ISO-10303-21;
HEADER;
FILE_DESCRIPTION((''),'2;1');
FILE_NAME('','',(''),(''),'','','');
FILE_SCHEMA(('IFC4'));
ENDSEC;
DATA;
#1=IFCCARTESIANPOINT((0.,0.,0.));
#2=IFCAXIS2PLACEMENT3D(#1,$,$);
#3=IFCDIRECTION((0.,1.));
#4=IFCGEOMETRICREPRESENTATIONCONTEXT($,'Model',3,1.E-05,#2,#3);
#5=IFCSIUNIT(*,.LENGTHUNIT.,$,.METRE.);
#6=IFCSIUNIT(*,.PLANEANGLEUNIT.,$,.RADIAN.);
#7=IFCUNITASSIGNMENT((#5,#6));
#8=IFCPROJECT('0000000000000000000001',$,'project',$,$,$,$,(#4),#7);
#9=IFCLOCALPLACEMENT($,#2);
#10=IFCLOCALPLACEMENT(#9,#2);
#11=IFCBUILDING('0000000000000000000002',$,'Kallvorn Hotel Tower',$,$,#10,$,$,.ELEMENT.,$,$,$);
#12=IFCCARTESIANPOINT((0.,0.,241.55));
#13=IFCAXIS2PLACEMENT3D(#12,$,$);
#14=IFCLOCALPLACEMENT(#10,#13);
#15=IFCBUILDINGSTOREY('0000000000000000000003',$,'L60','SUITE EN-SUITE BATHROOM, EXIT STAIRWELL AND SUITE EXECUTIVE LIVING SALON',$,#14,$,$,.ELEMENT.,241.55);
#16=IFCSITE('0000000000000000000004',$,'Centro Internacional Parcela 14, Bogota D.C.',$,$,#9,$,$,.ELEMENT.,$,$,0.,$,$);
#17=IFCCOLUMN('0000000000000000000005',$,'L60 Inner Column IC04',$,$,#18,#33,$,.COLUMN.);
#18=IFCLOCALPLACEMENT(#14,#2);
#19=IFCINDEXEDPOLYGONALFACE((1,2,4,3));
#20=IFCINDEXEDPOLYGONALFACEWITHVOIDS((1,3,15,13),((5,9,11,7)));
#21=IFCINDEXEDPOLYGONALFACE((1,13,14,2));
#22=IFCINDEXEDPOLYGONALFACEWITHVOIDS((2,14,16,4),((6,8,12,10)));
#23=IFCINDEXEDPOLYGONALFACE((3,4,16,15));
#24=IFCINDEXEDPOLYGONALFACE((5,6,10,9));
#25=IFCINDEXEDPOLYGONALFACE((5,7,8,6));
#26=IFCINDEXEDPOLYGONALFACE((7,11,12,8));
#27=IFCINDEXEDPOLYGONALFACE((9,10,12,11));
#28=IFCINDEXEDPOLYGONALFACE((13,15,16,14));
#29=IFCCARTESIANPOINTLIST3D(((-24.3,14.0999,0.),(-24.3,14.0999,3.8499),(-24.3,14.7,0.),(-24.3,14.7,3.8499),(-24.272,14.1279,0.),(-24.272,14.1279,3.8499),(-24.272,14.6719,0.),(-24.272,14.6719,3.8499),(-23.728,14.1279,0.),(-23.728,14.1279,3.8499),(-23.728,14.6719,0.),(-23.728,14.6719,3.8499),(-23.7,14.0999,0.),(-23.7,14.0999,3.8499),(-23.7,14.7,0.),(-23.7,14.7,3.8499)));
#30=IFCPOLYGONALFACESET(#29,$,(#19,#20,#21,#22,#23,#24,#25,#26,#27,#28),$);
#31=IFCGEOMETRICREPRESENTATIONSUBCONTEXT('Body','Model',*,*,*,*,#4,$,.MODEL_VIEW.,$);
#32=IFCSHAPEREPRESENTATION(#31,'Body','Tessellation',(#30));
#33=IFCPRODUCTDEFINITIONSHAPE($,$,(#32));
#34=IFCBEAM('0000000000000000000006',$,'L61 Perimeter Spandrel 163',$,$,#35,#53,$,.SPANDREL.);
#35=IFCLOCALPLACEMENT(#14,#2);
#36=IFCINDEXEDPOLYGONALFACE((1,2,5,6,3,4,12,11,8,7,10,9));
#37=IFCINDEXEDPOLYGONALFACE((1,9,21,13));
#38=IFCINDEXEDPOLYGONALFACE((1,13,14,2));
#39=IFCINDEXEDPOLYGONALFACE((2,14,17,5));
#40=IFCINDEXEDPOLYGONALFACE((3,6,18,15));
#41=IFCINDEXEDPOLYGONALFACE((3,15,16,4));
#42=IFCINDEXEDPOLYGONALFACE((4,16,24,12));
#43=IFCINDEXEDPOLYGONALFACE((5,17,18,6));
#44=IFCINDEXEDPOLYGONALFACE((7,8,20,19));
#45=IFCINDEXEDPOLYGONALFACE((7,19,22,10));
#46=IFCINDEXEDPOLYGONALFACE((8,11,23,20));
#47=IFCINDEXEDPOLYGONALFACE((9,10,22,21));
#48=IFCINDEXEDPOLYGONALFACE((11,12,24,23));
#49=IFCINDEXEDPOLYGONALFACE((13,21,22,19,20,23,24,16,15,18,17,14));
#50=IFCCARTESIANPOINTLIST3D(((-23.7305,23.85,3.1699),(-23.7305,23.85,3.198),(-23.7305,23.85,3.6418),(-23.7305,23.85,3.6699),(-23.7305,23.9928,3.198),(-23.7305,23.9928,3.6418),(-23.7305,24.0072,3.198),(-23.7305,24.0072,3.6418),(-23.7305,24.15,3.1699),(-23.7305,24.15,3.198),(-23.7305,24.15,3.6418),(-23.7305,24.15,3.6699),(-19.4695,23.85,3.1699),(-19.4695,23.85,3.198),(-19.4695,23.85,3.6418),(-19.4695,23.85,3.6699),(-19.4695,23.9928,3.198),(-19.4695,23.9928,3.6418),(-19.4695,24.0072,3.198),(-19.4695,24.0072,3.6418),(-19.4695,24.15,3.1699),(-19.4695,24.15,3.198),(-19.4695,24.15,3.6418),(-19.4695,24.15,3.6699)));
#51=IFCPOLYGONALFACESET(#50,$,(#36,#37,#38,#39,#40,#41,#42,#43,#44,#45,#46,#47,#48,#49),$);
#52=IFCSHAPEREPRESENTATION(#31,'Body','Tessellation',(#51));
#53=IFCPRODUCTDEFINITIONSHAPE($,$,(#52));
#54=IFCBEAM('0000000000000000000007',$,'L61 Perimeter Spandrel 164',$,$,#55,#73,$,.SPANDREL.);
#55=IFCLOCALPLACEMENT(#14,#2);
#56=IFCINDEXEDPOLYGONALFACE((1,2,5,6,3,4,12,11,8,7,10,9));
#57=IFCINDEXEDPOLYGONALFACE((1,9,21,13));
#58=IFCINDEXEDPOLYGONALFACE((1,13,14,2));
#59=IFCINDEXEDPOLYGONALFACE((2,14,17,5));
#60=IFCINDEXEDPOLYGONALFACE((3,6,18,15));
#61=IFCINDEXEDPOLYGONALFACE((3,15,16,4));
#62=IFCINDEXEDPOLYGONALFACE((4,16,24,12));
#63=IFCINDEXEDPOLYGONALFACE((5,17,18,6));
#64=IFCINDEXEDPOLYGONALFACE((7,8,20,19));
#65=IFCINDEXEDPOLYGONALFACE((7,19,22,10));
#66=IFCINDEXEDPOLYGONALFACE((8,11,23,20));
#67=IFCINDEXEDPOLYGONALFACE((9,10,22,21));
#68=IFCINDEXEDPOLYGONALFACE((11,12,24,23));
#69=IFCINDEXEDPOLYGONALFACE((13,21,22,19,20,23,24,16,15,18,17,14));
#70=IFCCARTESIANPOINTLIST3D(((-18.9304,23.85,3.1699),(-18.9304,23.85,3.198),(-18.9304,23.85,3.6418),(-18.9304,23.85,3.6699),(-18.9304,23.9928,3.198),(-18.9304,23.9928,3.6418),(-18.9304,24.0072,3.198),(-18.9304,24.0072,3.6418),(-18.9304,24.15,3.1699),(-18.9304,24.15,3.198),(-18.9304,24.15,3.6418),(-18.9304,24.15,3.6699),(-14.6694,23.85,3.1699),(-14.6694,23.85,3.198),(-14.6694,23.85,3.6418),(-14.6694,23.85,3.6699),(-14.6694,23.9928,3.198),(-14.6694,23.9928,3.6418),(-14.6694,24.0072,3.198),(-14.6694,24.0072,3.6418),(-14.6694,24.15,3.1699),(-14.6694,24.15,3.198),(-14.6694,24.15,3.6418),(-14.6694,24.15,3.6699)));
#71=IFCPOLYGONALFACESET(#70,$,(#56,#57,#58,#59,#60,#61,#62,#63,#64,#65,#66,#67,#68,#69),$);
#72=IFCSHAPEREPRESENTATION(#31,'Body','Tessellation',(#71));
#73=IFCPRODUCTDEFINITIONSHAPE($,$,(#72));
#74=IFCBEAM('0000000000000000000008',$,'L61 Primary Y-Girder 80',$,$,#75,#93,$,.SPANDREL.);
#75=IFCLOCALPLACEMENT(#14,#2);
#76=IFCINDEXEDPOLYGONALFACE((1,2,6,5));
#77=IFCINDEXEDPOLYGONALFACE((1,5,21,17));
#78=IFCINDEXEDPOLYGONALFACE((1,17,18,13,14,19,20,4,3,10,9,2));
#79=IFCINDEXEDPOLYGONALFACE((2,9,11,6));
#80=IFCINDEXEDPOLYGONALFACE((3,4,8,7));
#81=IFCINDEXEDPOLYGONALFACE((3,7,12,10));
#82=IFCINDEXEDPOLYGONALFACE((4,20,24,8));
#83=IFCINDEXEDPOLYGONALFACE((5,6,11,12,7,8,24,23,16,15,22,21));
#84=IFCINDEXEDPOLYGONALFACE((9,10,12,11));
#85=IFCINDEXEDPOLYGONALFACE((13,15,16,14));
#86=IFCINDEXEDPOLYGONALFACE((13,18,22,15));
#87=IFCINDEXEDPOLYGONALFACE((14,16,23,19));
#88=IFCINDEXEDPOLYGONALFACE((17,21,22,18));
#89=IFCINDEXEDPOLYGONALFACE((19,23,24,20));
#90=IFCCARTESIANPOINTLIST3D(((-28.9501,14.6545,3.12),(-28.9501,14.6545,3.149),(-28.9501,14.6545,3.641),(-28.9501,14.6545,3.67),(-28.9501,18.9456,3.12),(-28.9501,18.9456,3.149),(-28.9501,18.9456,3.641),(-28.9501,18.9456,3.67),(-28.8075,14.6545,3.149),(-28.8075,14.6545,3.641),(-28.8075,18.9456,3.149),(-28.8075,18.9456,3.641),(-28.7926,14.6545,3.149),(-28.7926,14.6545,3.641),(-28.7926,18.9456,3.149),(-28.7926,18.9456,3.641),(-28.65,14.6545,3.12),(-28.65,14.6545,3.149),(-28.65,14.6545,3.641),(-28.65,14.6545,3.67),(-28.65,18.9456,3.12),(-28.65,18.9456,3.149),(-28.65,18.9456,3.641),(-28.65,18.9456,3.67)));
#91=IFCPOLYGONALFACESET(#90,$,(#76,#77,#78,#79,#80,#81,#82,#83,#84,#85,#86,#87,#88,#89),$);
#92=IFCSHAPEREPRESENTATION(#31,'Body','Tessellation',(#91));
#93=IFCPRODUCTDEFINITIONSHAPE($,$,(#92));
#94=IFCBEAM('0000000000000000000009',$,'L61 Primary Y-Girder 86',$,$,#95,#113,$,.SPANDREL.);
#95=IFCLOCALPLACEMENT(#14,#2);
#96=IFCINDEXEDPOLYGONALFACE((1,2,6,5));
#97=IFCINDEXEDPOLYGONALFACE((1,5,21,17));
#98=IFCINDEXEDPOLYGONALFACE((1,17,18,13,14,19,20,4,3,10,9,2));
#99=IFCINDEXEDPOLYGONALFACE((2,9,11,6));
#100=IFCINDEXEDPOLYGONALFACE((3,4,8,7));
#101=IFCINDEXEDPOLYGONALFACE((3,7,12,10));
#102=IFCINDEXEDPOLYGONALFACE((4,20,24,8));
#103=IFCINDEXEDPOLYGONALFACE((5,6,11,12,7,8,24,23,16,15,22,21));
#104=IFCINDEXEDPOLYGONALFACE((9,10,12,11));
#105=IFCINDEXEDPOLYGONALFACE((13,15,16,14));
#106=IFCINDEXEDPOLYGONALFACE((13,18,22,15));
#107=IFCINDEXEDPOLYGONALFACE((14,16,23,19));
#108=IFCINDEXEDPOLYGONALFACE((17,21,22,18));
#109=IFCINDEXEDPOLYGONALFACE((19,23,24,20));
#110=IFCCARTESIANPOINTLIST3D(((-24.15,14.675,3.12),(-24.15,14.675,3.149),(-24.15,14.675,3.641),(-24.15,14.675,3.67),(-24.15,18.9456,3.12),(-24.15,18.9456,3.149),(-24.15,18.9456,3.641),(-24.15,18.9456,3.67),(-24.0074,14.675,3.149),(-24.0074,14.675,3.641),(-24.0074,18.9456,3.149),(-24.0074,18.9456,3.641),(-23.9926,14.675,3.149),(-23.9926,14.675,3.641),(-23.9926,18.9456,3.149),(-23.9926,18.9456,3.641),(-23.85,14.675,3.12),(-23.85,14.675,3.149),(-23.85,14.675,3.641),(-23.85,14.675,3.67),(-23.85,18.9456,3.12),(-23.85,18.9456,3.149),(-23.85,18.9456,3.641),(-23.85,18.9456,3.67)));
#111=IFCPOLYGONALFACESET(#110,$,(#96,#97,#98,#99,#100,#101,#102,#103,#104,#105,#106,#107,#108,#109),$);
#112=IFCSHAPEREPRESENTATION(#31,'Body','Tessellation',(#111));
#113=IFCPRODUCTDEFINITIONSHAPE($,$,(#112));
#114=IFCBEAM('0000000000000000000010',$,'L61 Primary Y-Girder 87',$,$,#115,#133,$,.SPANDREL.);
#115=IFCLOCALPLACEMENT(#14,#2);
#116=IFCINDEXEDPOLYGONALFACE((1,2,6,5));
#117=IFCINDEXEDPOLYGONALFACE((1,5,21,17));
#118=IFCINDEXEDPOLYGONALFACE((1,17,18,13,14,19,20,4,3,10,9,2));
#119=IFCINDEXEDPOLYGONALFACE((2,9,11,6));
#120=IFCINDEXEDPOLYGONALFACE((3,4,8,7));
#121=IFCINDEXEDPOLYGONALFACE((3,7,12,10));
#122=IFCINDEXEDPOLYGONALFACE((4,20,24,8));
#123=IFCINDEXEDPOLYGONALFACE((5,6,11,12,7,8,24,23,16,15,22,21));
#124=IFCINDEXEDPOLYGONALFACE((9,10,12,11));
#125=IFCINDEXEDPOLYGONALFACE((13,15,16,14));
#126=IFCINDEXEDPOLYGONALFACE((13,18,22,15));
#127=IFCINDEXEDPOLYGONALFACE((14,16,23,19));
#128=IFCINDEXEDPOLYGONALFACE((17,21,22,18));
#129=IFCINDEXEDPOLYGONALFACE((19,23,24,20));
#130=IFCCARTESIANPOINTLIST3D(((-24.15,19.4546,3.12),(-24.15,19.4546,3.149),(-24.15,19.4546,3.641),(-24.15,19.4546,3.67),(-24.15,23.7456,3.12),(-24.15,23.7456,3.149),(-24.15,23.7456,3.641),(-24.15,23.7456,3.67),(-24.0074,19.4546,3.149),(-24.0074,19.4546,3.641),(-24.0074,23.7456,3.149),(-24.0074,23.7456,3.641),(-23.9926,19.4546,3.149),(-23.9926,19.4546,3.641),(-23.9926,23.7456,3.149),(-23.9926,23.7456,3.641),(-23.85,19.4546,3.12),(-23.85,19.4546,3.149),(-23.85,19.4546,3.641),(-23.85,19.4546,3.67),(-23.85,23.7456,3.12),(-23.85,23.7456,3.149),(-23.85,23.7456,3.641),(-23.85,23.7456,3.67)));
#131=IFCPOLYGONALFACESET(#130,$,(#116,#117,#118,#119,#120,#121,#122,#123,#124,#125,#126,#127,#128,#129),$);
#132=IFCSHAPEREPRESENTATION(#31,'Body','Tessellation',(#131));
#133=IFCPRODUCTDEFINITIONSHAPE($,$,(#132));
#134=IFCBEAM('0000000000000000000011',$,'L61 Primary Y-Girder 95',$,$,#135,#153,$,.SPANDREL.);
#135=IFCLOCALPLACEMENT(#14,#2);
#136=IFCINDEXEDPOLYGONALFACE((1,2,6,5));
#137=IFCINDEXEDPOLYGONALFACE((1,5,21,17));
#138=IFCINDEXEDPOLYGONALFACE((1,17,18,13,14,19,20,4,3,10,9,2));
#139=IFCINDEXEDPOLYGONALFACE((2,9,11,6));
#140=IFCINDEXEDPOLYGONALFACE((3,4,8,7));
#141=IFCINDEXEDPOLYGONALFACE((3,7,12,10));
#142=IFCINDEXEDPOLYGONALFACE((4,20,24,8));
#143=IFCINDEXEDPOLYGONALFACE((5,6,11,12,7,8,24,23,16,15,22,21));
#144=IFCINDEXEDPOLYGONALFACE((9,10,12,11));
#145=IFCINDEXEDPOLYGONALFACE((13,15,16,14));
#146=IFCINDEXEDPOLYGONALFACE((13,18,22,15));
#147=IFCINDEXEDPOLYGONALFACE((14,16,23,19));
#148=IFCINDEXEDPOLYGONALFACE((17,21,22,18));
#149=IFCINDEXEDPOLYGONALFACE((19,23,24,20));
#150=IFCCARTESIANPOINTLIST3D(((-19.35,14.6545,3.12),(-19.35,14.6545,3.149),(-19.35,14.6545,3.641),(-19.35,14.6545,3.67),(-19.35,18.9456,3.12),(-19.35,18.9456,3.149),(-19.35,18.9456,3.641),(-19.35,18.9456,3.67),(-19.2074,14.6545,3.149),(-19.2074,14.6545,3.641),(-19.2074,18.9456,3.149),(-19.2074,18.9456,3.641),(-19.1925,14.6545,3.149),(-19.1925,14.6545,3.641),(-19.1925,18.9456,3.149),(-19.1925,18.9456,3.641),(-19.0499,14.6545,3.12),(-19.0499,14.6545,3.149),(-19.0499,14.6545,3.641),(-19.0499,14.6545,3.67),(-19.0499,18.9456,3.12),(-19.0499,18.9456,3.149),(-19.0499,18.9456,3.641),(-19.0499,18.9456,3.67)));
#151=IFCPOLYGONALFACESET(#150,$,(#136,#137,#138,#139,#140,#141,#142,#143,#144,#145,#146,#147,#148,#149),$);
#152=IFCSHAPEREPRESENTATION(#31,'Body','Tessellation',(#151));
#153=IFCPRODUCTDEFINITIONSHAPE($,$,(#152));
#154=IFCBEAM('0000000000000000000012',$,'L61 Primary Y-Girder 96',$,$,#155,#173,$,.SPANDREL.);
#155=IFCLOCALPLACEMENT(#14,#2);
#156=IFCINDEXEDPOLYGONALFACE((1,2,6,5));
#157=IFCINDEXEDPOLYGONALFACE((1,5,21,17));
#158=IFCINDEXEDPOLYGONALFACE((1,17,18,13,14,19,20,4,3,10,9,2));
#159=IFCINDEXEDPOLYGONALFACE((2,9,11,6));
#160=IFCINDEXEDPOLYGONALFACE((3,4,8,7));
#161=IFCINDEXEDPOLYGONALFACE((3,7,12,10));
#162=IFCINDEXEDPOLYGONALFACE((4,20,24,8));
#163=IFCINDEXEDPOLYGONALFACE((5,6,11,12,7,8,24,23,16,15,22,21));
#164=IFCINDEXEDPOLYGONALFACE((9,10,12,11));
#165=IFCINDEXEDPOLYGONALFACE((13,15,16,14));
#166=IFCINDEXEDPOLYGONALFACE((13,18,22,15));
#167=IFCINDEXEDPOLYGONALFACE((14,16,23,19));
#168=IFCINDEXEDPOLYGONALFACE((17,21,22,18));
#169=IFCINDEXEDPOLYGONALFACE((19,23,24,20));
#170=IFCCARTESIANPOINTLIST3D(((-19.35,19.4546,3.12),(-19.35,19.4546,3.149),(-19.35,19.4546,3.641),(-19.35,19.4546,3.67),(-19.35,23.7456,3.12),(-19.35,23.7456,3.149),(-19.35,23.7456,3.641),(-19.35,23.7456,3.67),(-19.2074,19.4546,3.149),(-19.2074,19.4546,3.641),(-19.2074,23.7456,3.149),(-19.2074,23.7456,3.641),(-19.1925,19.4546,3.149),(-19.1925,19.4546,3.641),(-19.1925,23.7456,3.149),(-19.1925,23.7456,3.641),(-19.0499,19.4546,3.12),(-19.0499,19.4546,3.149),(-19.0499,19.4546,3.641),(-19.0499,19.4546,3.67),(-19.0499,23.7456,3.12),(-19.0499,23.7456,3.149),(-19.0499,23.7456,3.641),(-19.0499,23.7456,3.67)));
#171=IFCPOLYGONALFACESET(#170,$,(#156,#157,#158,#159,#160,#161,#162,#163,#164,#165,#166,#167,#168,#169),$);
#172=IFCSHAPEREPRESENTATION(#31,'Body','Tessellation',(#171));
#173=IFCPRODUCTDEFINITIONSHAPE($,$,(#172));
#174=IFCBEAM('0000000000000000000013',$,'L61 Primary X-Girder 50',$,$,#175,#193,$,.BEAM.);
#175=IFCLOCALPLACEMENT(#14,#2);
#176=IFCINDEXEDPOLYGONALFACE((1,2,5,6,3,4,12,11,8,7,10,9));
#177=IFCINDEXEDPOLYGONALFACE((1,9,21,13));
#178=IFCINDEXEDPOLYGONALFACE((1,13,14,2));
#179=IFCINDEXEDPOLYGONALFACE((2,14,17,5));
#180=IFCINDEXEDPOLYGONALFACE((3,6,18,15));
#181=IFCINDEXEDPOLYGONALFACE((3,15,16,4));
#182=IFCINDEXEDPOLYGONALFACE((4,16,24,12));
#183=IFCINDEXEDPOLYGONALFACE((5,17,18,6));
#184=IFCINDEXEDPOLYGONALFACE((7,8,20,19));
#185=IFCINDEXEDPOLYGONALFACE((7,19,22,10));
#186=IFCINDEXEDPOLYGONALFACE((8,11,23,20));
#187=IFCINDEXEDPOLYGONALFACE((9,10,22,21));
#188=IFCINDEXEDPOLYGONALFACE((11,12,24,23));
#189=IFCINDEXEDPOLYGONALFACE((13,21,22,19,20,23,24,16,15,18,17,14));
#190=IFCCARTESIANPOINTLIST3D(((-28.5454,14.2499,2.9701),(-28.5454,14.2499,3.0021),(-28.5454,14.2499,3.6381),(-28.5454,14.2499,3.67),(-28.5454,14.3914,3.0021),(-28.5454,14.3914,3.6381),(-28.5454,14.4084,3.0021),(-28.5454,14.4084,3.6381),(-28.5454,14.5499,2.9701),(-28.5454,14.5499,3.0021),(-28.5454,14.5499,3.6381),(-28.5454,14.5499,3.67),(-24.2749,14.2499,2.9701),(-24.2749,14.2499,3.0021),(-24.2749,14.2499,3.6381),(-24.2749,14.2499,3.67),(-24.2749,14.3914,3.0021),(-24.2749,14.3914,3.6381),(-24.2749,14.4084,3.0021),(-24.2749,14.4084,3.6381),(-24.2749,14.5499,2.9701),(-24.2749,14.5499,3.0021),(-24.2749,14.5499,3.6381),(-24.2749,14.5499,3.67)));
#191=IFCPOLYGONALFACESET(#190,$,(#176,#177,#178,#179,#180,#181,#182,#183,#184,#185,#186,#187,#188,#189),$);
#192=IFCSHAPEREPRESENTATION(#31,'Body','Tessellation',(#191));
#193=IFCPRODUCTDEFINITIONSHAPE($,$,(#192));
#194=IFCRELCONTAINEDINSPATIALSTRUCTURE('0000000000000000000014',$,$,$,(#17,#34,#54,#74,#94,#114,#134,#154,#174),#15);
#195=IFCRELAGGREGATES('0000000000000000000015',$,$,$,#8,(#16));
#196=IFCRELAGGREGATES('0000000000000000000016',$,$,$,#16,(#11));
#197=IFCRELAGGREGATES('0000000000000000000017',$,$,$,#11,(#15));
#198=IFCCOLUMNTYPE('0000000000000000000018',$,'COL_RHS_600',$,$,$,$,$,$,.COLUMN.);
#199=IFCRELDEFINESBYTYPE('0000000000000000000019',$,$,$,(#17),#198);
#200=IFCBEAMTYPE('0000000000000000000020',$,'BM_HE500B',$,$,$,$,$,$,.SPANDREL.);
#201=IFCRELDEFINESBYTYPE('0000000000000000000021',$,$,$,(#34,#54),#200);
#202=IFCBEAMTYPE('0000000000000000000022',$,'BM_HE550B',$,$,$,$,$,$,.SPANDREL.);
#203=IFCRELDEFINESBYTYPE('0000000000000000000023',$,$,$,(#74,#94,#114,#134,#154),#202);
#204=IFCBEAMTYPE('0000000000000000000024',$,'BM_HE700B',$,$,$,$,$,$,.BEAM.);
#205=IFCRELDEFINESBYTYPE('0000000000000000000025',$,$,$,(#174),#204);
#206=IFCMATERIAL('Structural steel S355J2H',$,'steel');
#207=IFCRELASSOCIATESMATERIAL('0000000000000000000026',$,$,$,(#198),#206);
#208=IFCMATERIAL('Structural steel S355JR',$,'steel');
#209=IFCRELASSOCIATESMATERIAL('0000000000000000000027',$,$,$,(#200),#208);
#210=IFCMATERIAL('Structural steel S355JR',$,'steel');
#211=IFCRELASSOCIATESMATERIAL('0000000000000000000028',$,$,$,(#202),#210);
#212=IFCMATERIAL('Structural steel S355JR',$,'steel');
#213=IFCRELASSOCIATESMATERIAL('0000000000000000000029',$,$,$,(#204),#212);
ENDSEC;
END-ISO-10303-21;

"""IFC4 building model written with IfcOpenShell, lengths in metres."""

from ifc_helpers import new_model, si_unit, direction, frame, origin, origin_2d, place, context, subcontext, project, spatial, hollow_rectangle, i_section, extrude, material, material_profile, profile_set, type_object, element, save


model = new_model("IFC4")

# Units and contexts
model_context = context("Model", 3, precision=1e-05, world=origin(), true_north=direction((0.0, 1.0)))
body_context = subcontext(model_context, "Body", "Model", "MODEL_VIEW")
ifc_project = project(units=[si_unit("LENGTHUNIT", "METRE"), si_unit("PLANEANGLEUNIT", "RADIAN")], contexts=[model_context])

# Site, building, storey
site_placement = place(None, origin())
site = spatial("IfcSite", under=ifc_project, at=site_placement, Name="Centro Internacional Parcela 14, Bogota D.C.", CompositionType="ELEMENT", RefElevation=0.0)
building_placement = place(site_placement, origin())
building = spatial("IfcBuilding", under=site, at=building_placement, Name="Kallvorn Hotel Tower", CompositionType="ELEMENT")
storey_placement = place(building_placement, frame((0.0, 0.0, 241.55)))
storey = spatial("IfcBuildingStorey", under=building, at=storey_placement, Name="L60", Description="SUITE EN-SUITE BATHROOM, EXIT STAIRWELL AND SUITE EXECUTIVE LIVING SALON", CompositionType="ELEMENT", Elevation=241.55)

# Column
ifc_material_1 = material(Name="Structural steel S355J2H", Category="steel")
ifc_material_profile_1 = material_profile(ifc_material_1, hollow_rectangle(XDim=0.6001, YDim=0.6001, WallThickness=0.0281, at=origin_2d()), Name="RHS 600x600x28")
ifc_profile_set_1 = profile_set([ifc_material_profile_1], Name="Structural steel S355J2H")
column_type_1 = type_object("IfcColumnType", Name="COL_RHS_600", PredefinedType="COLUMN", material=ifc_profile_set_1)
column_placement = place(storey_placement, frame((-24.0, 14.3999, 0.0), z_axis=(0.0, 0.0, 1.0), x_axis=(1.0, 0.0, 0.0)))
element("IfcColumn", 1, at=column_placement, inside=storey, type_object=column_type_1, Name="L60 Inner Column IC04", PredefinedType="COLUMN", context=body_context, shape_type="SweptSolid", body=[
    extrude(hollow_rectangle(XDim=0.6001, YDim=0.6001, WallThickness=0.0281, at=origin_2d()), origin(), (0.0, 0.0, 1.0), 3.8499),
])

# Beams
ifc_material_2 = material(Name="Structural steel S355JR", Category="steel")
ifc_material_profile_2 = material_profile(ifc_material_2, i_section(OverallWidth=0.3, OverallDepth=0.5, WebThickness=0.0144, FlangeThickness=0.0281, at=origin_2d()), Name="HE 500 B")
ifc_profile_set_2 = profile_set([ifc_material_profile_2], Name="Structural steel S355JR")
beam_type_1 = type_object("IfcBeamType", Name="BM_HE500B", PredefinedType="SPANDREL", material=ifc_profile_set_2)
for number, where, z_axis, x_axis, name in (
    (2, (-23.7305, 24.0, 3.4199), (1.0, 0.0, 0.0), (0.0, 1.0, 0.0), "L61 Perimeter Spandrel 163"),
    (3, (-18.9304, 24.0, 3.4199), (1.0, 0.0, 0.0), (0.0, 1.0, 0.0), "L61 Perimeter Spandrel 164"),
):
    element("IfcBeam", number, at=place(storey_placement, frame(where, z_axis=z_axis, x_axis=x_axis)), inside=storey, type_object=beam_type_1, Name=name, PredefinedType="SPANDREL", context=body_context, shape_type="SweptSolid", body=[
        extrude(i_section(OverallWidth=0.3, OverallDepth=0.5, WebThickness=0.0144, FlangeThickness=0.0281, at=origin_2d()), origin(), (0.0, 0.0, 1.0), 4.261),
    ])
ifc_material_3 = material(Name="Structural steel S355JR", Category="steel")
ifc_material_profile_3 = material_profile(ifc_material_3, i_section(OverallWidth=0.3, OverallDepth=0.55, WebThickness=0.0149, FlangeThickness=0.0291, at=origin_2d()), Name="HE 550 B")
ifc_profile_set_3 = profile_set([ifc_material_profile_3], Name="Structural steel S355JR")
beam_type_2 = type_object("IfcBeamType", Name="BM_HE550B", PredefinedType="SPANDREL", material=ifc_profile_set_3)
beam_1_placement = place(storey_placement, frame((-28.8, 14.6545, 3.395), z_axis=(0.0, 1.0, 0.0), x_axis=(-1.0, 0.0, 0.0)))
element("IfcBeam", 4, at=beam_1_placement, inside=storey, type_object=beam_type_2, Name="L61 Primary Y-Girder 80", PredefinedType="SPANDREL", context=body_context, shape_type="SweptSolid", body=[
    extrude(i_section(OverallWidth=0.3, OverallDepth=0.55, WebThickness=0.0149, FlangeThickness=0.0291, at=origin_2d()), origin(), (0.0, 0.0, 1.0), 4.291),
])
beam_2_placement = place(storey_placement, frame((-24.0, 14.675, 3.395), z_axis=(0.0, 1.0, 0.0), x_axis=(-1.0, 0.0, 0.0)))
element("IfcBeam", 5, at=beam_2_placement, inside=storey, type_object=beam_type_2, Name="L61 Primary Y-Girder 86", PredefinedType="SPANDREL", context=body_context, shape_type="SweptSolid", body=[
    extrude(i_section(OverallWidth=0.3, OverallDepth=0.55, WebThickness=0.0149, FlangeThickness=0.0291, at=origin_2d()), origin(), (0.0, 0.0, 1.0), 4.2705),
])
for number, where, z_axis, x_axis, name in (
    (6, (-24.0, 19.4546, 3.395), (0.0, 1.0, 0.0), (-1.0, 0.0, 0.0), "L61 Primary Y-Girder 87"),
    (7, (-19.2, 14.6545, 3.395), (0.0, 1.0, 0.0), (-1.0, 0.0, 0.0), "L61 Primary Y-Girder 95"),
    (8, (-19.2, 19.4546, 3.395), (0.0, 1.0, 0.0), (-1.0, 0.0, 0.0), "L61 Primary Y-Girder 96"),
):
    element("IfcBeam", number, at=place(storey_placement, frame(where, z_axis=z_axis, x_axis=x_axis)), inside=storey, type_object=beam_type_2, Name=name, PredefinedType="SPANDREL", context=body_context, shape_type="SweptSolid", body=[
        extrude(i_section(OverallWidth=0.3, OverallDepth=0.55, WebThickness=0.0149, FlangeThickness=0.0291, at=origin_2d()), origin(), (0.0, 0.0, 1.0), 4.291),
    ])
ifc_material_4 = material(Name="Structural steel S355JR", Category="steel")
ifc_material_profile_4 = material_profile(ifc_material_4, i_section(OverallWidth=0.3, OverallDepth=0.7, WebThickness=0.0171, FlangeThickness=0.032, at=origin_2d()), Name="HE 700 B")
ifc_profile_set_4 = profile_set([ifc_material_profile_4], Name="Structural steel S355JR")
beam_type_3 = type_object("IfcBeamType", Name="BM_HE700B", PredefinedType="BEAM", material=ifc_profile_set_4)
for number, where, z_axis, x_axis, name in (
    (9, (-28.5454, 14.3999, 3.3201), (1.0, 0.0, 0.0), (0.0, 1.0, 0.0), "L61 Primary X-Girder 50"),
):
    element("IfcBeam", number, at=place(storey_placement, frame(where, z_axis=z_axis, x_axis=x_axis)), inside=storey, type_object=beam_type_3, Name=name, PredefinedType="BEAM", context=body_context, shape_type="SweptSolid", body=[
        extrude(i_section(OverallWidth=0.3, OverallDepth=0.7, WebThickness=0.0171, FlangeThickness=0.032, at=origin_2d()), origin(), (0.0, 0.0, 1.0), 4.2705),
    ])

save(model, "model.ifc")
